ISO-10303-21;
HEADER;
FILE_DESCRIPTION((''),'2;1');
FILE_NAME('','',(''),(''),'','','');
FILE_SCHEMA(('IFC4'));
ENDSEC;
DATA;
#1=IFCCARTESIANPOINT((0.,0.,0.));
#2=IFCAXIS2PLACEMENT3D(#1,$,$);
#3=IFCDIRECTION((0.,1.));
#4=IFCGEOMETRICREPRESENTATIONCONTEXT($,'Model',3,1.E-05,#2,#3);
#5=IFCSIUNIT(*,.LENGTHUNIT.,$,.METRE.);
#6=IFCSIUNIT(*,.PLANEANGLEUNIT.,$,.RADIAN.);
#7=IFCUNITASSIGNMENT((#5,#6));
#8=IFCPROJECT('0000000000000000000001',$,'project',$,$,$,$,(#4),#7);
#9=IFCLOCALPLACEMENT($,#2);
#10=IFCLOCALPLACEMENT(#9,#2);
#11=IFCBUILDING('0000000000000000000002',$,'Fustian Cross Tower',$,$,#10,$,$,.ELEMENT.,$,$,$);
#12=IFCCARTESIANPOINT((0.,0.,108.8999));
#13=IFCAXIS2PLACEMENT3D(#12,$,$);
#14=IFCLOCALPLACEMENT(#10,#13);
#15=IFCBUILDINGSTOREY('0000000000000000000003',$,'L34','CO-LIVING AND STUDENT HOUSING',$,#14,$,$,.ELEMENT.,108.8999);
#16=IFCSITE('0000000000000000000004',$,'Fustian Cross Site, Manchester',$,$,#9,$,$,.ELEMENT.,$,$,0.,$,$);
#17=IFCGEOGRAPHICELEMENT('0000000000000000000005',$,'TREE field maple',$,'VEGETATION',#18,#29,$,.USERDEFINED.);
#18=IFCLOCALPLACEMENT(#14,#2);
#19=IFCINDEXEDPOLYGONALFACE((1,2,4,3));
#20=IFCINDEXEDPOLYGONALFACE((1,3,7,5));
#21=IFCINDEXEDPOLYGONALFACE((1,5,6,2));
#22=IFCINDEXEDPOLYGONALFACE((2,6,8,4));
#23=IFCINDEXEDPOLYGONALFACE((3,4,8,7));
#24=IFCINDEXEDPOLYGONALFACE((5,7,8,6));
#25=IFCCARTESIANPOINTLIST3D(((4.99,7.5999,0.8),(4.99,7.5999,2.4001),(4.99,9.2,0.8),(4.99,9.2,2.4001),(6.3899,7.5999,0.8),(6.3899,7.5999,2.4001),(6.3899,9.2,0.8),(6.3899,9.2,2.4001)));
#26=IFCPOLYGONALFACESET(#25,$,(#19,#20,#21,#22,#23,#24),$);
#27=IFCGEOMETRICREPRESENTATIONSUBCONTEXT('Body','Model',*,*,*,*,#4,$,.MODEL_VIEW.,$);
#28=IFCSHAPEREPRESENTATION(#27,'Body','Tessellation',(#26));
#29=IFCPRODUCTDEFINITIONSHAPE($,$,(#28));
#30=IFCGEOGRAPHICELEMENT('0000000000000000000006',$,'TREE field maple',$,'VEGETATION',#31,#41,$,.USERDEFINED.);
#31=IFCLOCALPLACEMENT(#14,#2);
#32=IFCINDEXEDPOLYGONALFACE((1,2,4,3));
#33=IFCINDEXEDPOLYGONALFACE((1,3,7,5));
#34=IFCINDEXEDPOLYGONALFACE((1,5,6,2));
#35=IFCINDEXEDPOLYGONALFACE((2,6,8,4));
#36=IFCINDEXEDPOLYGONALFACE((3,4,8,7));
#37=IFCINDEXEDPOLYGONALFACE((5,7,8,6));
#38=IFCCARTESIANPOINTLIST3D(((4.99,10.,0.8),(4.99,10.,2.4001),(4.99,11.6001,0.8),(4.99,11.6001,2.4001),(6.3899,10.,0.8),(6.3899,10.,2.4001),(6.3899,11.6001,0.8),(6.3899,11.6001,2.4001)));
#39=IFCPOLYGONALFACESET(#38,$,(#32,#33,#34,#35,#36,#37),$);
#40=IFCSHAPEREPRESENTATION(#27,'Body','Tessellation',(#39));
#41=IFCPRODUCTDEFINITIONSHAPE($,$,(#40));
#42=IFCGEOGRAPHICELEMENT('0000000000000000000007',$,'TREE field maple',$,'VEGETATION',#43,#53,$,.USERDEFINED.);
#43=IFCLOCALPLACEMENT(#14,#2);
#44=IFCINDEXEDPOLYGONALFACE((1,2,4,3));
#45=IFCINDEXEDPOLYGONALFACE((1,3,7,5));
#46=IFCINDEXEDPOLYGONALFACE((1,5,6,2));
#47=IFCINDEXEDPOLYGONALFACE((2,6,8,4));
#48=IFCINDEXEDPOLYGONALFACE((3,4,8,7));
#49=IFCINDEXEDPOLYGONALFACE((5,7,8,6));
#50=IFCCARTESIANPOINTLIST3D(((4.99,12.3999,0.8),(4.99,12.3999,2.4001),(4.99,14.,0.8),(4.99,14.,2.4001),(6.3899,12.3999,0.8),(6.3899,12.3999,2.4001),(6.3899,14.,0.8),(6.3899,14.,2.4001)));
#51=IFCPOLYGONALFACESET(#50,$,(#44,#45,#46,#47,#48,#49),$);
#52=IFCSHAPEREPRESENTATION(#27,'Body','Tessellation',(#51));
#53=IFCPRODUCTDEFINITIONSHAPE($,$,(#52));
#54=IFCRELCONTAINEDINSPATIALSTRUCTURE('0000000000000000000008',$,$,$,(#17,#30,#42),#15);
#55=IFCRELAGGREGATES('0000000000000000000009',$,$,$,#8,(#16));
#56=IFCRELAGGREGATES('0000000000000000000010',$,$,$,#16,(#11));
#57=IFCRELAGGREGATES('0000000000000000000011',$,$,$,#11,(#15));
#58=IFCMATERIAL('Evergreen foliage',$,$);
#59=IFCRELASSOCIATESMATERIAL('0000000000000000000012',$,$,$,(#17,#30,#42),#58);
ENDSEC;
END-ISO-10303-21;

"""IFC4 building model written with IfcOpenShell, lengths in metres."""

from ifc_helpers import new_model, si_unit, direction, frame, origin, origin_2d, place, context, subcontext, project, spatial, rectangle, extrude, material, element, save


model = new_model("IFC4")

# Units and contexts
model_context = context("Model", 3, precision=1e-05, world=origin(), true_north=direction((0.0, 1.0)))
body_context = subcontext(model_context, "Body", "Model", "MODEL_VIEW")
ifc_project = project(units=[si_unit("LENGTHUNIT", "METRE"), si_unit("PLANEANGLEUNIT", "RADIAN")], contexts=[model_context])

# Site, building, storey
site_placement = place(None, origin())
site = spatial("IfcSite", under=ifc_project, at=site_placement, Name="Fustian Cross Site, Manchester", CompositionType="ELEMENT", RefElevation=0.0)
building_placement = place(site_placement, origin())
building = spatial("IfcBuilding", under=site, at=building_placement, Name="Fustian Cross Tower", CompositionType="ELEMENT")
storey_placement = place(building_placement, frame((0.0, 0.0, 108.8999)))
storey = spatial("IfcBuildingStorey", under=building, at=storey_placement, Name="L34", Description="CO-LIVING AND STUDENT HOUSING", CompositionType="ELEMENT", Elevation=108.8999)

# Geographic elements
ifc_material_1 = material(Name="Evergreen foliage")
for number, where, z_axis, x_axis, name in (
    (1, (5.6899, 8.3999, 0.8), (0.0, 0.0, 1.0), (1.0, 0.0, 0.0), "TREE field maple"),
    (2, (5.6899, 10.8, 0.8), (0.0, 0.0, 1.0), (1.0, 0.0, 0.0), "TREE field maple"),
    (3, (5.6899, 13.2, 0.8), (0.0, 0.0, 1.0), (1.0, 0.0, 0.0), "TREE field maple"),
):
    element("IfcGeographicElement", number, at=place(storey_placement, frame(where, z_axis=z_axis, x_axis=x_axis)), inside=storey, material=ifc_material_1, Name=name, ObjectType="VEGETATION", PredefinedType="USERDEFINED", context=body_context, shape_type="SweptSolid", body=[
        extrude(rectangle(XDim=1.3999, YDim=1.6001, at=origin_2d()), origin(), (0.0, 0.0, 1.0), 1.6001),
    ])

save(model, "model.ifc")
